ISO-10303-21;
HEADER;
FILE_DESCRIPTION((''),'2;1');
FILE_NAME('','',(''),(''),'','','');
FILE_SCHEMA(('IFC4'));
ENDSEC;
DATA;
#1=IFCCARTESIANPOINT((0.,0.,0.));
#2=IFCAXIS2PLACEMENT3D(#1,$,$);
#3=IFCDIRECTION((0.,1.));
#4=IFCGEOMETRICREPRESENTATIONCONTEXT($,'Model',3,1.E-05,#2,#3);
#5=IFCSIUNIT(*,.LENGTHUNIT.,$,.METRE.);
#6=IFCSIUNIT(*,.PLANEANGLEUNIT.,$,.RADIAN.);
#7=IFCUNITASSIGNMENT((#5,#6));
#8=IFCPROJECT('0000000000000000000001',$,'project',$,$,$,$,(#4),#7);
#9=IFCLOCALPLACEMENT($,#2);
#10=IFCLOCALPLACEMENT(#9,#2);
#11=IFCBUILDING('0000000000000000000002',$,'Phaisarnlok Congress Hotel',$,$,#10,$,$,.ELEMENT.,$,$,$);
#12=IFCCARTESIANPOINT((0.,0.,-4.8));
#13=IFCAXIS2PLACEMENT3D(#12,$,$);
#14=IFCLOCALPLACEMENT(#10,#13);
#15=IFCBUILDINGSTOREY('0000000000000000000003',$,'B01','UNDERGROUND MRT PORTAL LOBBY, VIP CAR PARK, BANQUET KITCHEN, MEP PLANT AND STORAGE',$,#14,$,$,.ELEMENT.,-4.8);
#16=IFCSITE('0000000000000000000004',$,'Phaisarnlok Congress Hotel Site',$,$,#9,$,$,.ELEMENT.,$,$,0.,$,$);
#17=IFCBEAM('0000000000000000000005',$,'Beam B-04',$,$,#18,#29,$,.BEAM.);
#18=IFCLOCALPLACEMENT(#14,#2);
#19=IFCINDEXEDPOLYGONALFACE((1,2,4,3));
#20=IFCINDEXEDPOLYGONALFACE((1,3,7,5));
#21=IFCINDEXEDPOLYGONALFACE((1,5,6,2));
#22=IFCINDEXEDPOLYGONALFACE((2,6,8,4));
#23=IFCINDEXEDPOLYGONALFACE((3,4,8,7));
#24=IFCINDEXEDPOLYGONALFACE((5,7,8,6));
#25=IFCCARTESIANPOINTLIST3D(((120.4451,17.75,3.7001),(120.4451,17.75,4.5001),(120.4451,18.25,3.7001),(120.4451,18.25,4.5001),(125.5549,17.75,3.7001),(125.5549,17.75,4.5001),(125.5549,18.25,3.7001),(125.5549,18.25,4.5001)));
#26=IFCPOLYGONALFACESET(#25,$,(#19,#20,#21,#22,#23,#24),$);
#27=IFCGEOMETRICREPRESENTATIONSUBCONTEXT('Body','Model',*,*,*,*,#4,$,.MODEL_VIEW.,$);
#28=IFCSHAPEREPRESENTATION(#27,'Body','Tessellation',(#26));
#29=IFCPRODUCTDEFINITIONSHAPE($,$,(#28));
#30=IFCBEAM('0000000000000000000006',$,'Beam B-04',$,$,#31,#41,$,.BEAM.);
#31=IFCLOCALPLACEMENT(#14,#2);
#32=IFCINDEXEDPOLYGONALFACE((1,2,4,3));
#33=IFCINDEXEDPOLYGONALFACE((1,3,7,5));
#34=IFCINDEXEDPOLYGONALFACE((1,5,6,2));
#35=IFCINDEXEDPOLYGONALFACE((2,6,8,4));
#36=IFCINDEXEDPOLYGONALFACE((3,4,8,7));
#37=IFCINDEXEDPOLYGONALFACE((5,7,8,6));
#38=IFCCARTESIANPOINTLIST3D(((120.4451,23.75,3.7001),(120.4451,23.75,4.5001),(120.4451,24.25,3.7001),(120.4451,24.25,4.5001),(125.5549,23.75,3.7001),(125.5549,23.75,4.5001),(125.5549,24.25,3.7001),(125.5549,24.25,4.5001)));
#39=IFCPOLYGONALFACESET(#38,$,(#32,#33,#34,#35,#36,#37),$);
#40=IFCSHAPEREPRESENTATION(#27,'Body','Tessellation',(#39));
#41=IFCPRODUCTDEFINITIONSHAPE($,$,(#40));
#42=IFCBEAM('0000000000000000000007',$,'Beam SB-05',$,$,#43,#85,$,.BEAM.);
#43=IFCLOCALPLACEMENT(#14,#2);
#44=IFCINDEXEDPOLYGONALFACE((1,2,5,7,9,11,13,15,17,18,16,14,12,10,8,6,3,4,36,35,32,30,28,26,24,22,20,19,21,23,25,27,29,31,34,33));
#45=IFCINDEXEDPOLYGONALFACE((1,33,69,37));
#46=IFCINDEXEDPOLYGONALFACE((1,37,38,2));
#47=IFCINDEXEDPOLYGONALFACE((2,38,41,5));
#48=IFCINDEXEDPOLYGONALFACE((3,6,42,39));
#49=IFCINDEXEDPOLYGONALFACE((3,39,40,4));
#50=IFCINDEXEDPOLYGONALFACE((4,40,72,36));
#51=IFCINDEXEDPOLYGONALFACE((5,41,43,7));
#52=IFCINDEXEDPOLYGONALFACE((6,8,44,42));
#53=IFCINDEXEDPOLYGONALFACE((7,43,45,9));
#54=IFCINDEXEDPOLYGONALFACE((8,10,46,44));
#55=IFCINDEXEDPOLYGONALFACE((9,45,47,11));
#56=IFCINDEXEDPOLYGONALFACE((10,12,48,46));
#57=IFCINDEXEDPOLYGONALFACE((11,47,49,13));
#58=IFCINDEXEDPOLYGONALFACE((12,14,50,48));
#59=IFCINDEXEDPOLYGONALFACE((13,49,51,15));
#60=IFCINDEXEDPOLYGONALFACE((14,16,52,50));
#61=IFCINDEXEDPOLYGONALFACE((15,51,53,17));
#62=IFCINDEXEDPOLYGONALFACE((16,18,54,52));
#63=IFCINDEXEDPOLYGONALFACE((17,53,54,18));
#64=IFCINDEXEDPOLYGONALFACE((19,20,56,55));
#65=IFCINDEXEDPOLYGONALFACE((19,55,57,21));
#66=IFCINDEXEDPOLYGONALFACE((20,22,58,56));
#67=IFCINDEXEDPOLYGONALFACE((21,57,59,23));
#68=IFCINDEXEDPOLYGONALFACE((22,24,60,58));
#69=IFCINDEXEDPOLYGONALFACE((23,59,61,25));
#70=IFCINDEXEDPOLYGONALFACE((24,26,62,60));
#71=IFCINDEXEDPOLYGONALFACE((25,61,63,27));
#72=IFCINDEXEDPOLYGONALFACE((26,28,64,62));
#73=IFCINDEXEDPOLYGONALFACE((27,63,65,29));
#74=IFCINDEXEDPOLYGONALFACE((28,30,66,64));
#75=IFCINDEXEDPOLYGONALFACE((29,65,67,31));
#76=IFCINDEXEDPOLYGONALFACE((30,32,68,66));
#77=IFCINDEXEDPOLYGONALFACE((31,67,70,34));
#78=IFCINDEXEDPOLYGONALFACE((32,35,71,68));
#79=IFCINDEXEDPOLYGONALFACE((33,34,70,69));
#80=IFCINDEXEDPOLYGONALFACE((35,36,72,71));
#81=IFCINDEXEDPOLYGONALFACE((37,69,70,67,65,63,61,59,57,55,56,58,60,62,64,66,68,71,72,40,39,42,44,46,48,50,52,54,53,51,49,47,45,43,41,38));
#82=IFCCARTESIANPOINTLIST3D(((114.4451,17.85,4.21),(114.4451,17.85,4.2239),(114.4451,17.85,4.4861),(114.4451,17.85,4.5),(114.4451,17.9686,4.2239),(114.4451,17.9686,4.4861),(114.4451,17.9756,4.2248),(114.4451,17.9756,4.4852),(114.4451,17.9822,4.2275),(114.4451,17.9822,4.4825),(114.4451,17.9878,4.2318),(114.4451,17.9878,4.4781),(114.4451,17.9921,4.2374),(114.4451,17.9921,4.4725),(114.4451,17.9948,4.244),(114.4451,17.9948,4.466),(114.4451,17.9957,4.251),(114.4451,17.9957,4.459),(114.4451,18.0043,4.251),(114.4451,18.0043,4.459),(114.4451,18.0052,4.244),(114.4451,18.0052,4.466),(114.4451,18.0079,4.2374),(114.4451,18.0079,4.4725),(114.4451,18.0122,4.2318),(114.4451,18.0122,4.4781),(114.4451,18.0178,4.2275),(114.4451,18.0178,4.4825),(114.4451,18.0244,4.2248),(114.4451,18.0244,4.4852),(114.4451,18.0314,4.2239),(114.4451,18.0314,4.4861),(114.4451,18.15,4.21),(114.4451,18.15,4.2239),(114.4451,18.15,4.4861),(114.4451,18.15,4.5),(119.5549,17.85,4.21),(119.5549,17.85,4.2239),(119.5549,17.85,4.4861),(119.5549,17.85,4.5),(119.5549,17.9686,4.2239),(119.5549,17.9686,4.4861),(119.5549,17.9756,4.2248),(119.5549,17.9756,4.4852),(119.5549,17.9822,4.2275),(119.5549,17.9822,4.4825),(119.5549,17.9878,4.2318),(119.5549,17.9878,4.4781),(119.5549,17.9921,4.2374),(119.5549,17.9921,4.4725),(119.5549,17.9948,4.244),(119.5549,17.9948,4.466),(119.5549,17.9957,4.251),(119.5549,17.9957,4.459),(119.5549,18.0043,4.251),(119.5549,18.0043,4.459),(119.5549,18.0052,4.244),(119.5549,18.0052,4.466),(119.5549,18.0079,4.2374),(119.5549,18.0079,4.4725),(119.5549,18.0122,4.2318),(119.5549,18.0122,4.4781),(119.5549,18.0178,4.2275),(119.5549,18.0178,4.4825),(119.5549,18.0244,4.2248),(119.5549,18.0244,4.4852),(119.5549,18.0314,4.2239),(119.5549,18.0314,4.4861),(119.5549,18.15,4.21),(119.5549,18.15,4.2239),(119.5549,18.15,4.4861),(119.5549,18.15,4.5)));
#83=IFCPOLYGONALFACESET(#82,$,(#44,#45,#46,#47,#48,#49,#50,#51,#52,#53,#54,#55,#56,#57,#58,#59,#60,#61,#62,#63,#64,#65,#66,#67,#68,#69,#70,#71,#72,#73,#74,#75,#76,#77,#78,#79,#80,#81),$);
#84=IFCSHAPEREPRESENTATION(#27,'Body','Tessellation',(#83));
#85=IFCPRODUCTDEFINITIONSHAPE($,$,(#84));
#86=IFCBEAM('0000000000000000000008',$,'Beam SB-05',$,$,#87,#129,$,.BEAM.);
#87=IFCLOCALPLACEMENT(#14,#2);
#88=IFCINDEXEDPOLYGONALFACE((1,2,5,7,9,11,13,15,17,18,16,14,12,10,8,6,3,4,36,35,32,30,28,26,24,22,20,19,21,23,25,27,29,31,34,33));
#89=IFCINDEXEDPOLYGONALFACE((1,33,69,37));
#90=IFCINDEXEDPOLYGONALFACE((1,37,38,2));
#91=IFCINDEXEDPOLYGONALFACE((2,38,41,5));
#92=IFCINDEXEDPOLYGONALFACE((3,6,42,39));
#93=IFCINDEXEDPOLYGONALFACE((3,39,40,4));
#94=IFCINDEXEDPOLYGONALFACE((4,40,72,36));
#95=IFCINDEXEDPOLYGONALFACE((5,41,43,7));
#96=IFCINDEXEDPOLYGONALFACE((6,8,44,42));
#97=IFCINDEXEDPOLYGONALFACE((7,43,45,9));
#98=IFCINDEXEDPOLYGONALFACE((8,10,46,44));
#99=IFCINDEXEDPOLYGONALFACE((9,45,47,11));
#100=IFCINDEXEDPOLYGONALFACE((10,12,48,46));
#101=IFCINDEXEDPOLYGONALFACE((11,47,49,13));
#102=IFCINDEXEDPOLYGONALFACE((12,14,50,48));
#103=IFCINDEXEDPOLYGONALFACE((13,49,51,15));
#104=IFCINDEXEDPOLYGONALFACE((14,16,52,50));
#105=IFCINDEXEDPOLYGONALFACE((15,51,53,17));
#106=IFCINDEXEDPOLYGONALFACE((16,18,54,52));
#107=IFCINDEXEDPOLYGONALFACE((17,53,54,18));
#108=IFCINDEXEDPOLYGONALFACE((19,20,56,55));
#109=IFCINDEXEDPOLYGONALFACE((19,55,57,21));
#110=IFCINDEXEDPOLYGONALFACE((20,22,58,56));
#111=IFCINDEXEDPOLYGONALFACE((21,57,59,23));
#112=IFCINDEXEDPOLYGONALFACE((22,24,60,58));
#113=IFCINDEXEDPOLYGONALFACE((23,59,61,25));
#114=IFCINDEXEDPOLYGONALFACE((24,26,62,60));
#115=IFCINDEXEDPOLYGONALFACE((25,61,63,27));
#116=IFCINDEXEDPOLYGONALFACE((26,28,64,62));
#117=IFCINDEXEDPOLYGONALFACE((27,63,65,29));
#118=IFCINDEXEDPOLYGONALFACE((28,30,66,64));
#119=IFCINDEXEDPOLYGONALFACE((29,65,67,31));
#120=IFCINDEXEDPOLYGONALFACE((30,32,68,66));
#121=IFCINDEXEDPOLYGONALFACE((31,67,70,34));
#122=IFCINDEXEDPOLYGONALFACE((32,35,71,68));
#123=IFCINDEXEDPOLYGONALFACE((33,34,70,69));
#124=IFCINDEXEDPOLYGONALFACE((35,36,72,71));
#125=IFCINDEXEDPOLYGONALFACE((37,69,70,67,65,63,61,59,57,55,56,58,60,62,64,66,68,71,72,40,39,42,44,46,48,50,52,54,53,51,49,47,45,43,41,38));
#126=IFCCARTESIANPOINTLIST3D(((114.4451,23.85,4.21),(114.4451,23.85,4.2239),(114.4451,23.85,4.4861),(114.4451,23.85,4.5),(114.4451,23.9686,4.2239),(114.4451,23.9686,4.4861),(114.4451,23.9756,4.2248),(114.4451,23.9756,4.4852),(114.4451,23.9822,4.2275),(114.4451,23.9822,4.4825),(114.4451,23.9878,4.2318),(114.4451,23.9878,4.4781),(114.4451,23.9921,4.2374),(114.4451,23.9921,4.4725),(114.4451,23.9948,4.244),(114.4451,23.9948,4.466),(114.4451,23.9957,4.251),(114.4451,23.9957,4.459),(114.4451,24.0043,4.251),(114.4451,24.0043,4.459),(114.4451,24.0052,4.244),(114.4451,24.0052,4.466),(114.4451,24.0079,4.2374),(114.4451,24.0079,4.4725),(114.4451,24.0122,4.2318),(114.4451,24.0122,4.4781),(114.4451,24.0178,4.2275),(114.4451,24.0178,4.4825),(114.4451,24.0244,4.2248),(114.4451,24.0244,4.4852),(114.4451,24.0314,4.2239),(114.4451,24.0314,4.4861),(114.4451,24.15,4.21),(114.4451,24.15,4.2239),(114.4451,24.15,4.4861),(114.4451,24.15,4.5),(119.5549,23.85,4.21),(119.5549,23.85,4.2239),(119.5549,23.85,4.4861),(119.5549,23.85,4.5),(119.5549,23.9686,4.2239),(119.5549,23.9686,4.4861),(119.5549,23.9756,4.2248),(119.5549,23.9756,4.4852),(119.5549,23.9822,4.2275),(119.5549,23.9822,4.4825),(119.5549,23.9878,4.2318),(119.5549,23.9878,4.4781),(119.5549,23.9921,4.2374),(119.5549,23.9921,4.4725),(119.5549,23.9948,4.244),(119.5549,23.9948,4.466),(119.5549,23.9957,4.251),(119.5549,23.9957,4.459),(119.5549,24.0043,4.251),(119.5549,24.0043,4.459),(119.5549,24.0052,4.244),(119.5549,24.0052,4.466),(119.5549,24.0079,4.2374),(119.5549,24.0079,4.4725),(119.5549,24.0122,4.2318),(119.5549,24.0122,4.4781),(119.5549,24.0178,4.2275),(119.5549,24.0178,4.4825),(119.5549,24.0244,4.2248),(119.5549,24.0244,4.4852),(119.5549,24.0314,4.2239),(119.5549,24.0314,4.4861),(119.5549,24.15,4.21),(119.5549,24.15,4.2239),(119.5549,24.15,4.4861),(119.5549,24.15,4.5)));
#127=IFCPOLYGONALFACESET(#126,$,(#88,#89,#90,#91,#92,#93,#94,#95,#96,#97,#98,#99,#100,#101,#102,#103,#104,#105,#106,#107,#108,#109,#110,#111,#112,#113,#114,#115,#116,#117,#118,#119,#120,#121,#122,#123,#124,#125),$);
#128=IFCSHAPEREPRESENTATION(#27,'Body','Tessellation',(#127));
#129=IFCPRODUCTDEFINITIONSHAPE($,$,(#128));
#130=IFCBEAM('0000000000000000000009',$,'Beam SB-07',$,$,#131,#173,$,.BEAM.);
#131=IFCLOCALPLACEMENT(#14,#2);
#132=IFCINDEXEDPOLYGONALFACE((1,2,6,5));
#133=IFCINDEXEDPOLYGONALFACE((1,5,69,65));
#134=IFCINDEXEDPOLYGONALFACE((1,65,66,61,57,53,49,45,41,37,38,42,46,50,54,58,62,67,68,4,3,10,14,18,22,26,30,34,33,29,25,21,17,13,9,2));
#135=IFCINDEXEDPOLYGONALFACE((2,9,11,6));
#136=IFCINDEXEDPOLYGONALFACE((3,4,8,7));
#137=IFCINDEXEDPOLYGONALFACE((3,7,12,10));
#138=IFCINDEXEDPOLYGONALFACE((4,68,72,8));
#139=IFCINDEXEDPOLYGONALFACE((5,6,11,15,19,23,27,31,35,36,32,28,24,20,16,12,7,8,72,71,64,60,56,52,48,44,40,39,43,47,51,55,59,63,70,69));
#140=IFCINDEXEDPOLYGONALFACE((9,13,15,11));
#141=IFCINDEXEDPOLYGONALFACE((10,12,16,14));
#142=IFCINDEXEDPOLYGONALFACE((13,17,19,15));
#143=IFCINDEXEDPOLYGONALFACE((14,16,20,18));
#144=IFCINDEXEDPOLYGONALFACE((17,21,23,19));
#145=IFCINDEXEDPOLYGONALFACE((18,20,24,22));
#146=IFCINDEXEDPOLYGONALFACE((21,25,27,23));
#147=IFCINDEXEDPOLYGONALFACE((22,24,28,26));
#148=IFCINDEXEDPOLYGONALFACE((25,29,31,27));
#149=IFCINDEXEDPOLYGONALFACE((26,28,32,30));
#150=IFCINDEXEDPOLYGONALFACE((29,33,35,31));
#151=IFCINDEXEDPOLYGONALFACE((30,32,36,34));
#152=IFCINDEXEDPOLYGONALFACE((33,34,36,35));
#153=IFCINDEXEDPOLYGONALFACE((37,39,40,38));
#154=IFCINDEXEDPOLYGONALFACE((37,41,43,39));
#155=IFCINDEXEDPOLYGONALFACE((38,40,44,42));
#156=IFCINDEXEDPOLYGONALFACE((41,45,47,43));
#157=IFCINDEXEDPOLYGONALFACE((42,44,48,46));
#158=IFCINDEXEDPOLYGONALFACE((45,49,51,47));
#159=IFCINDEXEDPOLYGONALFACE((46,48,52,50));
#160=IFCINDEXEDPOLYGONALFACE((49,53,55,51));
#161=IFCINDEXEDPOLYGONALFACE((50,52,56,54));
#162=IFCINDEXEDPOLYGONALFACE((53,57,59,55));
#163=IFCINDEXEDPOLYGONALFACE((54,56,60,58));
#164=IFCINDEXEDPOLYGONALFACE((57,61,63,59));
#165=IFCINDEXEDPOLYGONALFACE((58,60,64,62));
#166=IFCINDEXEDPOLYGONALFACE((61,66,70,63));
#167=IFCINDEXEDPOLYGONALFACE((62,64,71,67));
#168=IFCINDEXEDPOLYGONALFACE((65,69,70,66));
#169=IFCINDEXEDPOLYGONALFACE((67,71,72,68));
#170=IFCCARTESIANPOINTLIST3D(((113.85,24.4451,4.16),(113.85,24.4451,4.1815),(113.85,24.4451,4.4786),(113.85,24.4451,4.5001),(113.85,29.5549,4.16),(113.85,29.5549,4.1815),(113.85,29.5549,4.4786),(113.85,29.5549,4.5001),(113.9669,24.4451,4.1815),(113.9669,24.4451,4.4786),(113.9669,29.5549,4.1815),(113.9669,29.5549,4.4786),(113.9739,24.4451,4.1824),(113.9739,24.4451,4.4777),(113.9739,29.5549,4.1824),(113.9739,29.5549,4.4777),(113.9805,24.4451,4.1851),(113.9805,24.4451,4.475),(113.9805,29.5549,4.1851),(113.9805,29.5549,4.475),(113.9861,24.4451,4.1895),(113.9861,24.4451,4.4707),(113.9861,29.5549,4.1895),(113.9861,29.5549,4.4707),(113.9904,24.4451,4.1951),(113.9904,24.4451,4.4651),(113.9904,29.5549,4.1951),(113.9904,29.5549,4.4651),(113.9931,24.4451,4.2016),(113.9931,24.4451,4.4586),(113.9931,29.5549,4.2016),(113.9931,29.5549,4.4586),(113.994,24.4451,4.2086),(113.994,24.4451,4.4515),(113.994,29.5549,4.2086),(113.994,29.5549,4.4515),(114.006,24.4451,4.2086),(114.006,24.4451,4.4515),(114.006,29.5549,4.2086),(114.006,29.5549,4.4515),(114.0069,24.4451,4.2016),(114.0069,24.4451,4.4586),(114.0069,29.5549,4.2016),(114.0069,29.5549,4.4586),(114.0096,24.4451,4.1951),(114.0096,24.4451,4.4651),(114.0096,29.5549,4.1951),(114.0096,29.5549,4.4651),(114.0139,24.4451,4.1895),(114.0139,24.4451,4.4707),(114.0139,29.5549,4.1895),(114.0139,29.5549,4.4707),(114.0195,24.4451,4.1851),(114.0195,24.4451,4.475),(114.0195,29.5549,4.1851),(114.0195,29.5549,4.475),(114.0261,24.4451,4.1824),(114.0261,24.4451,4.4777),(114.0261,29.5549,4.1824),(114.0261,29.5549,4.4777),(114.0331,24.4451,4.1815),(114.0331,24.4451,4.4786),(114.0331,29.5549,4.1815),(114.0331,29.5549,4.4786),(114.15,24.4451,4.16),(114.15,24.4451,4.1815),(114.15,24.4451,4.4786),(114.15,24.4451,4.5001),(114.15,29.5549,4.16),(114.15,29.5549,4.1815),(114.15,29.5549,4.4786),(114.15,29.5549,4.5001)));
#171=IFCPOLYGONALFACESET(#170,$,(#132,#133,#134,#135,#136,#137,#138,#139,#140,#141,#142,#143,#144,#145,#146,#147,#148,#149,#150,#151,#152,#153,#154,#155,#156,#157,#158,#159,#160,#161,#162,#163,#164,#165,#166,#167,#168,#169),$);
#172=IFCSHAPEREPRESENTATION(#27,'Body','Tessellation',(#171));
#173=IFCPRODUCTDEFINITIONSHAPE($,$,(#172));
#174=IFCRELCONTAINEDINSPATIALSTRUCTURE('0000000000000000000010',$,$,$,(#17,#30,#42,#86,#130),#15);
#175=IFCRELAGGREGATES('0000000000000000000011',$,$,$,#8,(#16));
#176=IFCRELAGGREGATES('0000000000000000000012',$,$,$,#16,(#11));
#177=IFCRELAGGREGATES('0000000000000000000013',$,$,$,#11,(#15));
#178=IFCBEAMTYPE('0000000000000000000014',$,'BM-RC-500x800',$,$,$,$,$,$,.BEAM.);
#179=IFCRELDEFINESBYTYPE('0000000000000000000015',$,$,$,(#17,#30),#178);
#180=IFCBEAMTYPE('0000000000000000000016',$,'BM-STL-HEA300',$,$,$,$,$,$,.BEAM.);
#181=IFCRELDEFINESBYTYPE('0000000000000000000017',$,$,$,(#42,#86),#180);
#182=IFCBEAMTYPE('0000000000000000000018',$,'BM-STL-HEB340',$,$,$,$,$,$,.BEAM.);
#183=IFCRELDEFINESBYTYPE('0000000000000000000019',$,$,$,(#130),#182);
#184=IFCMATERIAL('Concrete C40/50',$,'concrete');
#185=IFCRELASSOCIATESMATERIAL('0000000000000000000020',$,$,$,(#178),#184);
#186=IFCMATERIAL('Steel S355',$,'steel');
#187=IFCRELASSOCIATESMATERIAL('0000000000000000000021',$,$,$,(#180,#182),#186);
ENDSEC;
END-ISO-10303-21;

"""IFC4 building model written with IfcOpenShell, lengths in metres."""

from ifc_helpers import new_model, si_unit, direction, frame, origin, origin_2d, place, context, subcontext, project, spatial, rectangle, i_section, extrude, material, material_profile, profile_set, type_object, element, save


model = new_model("IFC4")

# Units and contexts
model_context = context("Model", 3, precision=1e-05, world=origin(), true_north=direction((0.0, 1.0)))
body_context = subcontext(model_context, "Body", "Model", "MODEL_VIEW")
ifc_project = project(units=[si_unit("LENGTHUNIT", "METRE"), si_unit("PLANEANGLEUNIT", "RADIAN")], contexts=[model_context])

# Site, building, storey
site_placement = place(None, origin())
site = spatial("IfcSite", under=ifc_project, at=site_placement, Name="Phaisarnlok Congress Hotel Site", CompositionType="ELEMENT", RefElevation=0.0)
building_placement = place(site_placement, origin())
building = spatial("IfcBuilding", under=site, at=building_placement, Name="Phaisarnlok Congress Hotel", CompositionType="ELEMENT")
storey_placement = place(building_placement, frame((0.0, 0.0, -4.8)))
storey = spatial("IfcBuildingStorey", under=building, at=storey_placement, Name="B01", Description="UNDERGROUND MRT PORTAL LOBBY, VIP CAR PARK, BANQUET KITCHEN, MEP PLANT AND STORAGE", CompositionType="ELEMENT", Elevation=-4.8)

# Shared definitions
ifc_material_1 = material(Name="Concrete C40/50", Category="concrete")

# Beams
ifc_material_profile_1 = material_profile(ifc_material_1, rectangle(XDim=0.5, YDim=0.8, at=origin_2d()), Name="RC 500x800")
ifc_profile_set_1 = profile_set([ifc_material_profile_1], Name="Concrete C40/50")
beam_type_1 = type_object("IfcBeamType", Name="BM-RC-500x800", PredefinedType="BEAM", material=ifc_profile_set_1)
for number, where, z_axis, x_axis, name in (
    (1, (120.4451, 18.0, 4.1001), (1.0, 0.0, 0.0), (0.0, 1.0, 0.0), "Beam B-04"),
    (2, (120.4451, 24.0, 4.1001), (1.0, 0.0, 0.0), (0.0, 1.0, 0.0), "Beam B-04"),
):
    element("IfcBeam", number, at=place(storey_placement, frame(where, z_axis=z_axis, x_axis=x_axis)), inside=storey, type_object=beam_type_1, Name=name, PredefinedType="BEAM", context=body_context, shape_type="SweptSolid", body=[
        extrude(rectangle(XDim=0.5, YDim=0.8, at=origin_2d()), origin(), (0.0, 0.0, 1.0), 5.1099),
    ])
ifc_material_2 = material(Name="Steel S355", Category="steel")
ifc_material_profile_2 = material_profile(ifc_material_2, i_section(OverallWidth=0.3, OverallDepth=0.29, WebThickness=0.0085, FlangeThickness=0.0139, FilletRadius=0.0271, at=origin_2d()), Name="HEA 300")
ifc_profile_set_2 = profile_set([ifc_material_profile_2], Name="Steel S355")
beam_type_2 = type_object("IfcBeamType", Name="BM-STL-HEA300", PredefinedType="BEAM", material=ifc_profile_set_2)
for number, where, z_axis, x_axis, name in (
    (3, (114.4451, 18.0, 4.355), (1.0, 0.0, 0.0), (0.0, 1.0, 0.0), "Beam SB-05"),
    (4, (114.4451, 24.0, 4.355), (1.0, 0.0, 0.0), (0.0, 1.0, 0.0), "Beam SB-05"),
):
    element("IfcBeam", number, at=place(storey_placement, frame(where, z_axis=z_axis, x_axis=x_axis)), inside=storey, type_object=beam_type_2, Name=name, PredefinedType="BEAM", context=body_context, shape_type="SweptSolid", body=[
        extrude(i_section(OverallWidth=0.3, OverallDepth=0.29, WebThickness=0.0085, FlangeThickness=0.0139, FilletRadius=0.0271, at=origin_2d()), origin(), (0.0, 0.0, 1.0), 5.1099),
    ])
ifc_material_profile_3 = material_profile(ifc_material_2, i_section(OverallWidth=0.3, OverallDepth=0.3401, WebThickness=0.012, FlangeThickness=0.0215, FilletRadius=0.0271, at=origin_2d()), Name="HEB 340")
ifc_profile_set_3 = profile_set([ifc_material_profile_3], Name="Steel S355")
beam_type_3 = type_object("IfcBeamType", Name="BM-STL-HEB340", PredefinedType="BEAM", material=ifc_profile_set_3)
for number, where, z_axis, x_axis, name in (
    (5, (114.0, 24.4451, 4.3301), (0.0, 1.0, 0.0), (-1.0, 0.0, 0.0), "Beam SB-07"),
):
    element("IfcBeam", number, at=place(storey_placement, frame(where, z_axis=z_axis, x_axis=x_axis)), inside=storey, type_object=beam_type_3, Name=name, PredefinedType="BEAM", context=body_context, shape_type="SweptSolid", body=[
        extrude(i_section(OverallWidth=0.3, OverallDepth=0.3401, WebThickness=0.012, FlangeThickness=0.0215, FilletRadius=0.0271, at=origin_2d()), origin(), (0.0, 0.0, 1.0), 5.1099),
    ])

save(model, "model.ifc")
